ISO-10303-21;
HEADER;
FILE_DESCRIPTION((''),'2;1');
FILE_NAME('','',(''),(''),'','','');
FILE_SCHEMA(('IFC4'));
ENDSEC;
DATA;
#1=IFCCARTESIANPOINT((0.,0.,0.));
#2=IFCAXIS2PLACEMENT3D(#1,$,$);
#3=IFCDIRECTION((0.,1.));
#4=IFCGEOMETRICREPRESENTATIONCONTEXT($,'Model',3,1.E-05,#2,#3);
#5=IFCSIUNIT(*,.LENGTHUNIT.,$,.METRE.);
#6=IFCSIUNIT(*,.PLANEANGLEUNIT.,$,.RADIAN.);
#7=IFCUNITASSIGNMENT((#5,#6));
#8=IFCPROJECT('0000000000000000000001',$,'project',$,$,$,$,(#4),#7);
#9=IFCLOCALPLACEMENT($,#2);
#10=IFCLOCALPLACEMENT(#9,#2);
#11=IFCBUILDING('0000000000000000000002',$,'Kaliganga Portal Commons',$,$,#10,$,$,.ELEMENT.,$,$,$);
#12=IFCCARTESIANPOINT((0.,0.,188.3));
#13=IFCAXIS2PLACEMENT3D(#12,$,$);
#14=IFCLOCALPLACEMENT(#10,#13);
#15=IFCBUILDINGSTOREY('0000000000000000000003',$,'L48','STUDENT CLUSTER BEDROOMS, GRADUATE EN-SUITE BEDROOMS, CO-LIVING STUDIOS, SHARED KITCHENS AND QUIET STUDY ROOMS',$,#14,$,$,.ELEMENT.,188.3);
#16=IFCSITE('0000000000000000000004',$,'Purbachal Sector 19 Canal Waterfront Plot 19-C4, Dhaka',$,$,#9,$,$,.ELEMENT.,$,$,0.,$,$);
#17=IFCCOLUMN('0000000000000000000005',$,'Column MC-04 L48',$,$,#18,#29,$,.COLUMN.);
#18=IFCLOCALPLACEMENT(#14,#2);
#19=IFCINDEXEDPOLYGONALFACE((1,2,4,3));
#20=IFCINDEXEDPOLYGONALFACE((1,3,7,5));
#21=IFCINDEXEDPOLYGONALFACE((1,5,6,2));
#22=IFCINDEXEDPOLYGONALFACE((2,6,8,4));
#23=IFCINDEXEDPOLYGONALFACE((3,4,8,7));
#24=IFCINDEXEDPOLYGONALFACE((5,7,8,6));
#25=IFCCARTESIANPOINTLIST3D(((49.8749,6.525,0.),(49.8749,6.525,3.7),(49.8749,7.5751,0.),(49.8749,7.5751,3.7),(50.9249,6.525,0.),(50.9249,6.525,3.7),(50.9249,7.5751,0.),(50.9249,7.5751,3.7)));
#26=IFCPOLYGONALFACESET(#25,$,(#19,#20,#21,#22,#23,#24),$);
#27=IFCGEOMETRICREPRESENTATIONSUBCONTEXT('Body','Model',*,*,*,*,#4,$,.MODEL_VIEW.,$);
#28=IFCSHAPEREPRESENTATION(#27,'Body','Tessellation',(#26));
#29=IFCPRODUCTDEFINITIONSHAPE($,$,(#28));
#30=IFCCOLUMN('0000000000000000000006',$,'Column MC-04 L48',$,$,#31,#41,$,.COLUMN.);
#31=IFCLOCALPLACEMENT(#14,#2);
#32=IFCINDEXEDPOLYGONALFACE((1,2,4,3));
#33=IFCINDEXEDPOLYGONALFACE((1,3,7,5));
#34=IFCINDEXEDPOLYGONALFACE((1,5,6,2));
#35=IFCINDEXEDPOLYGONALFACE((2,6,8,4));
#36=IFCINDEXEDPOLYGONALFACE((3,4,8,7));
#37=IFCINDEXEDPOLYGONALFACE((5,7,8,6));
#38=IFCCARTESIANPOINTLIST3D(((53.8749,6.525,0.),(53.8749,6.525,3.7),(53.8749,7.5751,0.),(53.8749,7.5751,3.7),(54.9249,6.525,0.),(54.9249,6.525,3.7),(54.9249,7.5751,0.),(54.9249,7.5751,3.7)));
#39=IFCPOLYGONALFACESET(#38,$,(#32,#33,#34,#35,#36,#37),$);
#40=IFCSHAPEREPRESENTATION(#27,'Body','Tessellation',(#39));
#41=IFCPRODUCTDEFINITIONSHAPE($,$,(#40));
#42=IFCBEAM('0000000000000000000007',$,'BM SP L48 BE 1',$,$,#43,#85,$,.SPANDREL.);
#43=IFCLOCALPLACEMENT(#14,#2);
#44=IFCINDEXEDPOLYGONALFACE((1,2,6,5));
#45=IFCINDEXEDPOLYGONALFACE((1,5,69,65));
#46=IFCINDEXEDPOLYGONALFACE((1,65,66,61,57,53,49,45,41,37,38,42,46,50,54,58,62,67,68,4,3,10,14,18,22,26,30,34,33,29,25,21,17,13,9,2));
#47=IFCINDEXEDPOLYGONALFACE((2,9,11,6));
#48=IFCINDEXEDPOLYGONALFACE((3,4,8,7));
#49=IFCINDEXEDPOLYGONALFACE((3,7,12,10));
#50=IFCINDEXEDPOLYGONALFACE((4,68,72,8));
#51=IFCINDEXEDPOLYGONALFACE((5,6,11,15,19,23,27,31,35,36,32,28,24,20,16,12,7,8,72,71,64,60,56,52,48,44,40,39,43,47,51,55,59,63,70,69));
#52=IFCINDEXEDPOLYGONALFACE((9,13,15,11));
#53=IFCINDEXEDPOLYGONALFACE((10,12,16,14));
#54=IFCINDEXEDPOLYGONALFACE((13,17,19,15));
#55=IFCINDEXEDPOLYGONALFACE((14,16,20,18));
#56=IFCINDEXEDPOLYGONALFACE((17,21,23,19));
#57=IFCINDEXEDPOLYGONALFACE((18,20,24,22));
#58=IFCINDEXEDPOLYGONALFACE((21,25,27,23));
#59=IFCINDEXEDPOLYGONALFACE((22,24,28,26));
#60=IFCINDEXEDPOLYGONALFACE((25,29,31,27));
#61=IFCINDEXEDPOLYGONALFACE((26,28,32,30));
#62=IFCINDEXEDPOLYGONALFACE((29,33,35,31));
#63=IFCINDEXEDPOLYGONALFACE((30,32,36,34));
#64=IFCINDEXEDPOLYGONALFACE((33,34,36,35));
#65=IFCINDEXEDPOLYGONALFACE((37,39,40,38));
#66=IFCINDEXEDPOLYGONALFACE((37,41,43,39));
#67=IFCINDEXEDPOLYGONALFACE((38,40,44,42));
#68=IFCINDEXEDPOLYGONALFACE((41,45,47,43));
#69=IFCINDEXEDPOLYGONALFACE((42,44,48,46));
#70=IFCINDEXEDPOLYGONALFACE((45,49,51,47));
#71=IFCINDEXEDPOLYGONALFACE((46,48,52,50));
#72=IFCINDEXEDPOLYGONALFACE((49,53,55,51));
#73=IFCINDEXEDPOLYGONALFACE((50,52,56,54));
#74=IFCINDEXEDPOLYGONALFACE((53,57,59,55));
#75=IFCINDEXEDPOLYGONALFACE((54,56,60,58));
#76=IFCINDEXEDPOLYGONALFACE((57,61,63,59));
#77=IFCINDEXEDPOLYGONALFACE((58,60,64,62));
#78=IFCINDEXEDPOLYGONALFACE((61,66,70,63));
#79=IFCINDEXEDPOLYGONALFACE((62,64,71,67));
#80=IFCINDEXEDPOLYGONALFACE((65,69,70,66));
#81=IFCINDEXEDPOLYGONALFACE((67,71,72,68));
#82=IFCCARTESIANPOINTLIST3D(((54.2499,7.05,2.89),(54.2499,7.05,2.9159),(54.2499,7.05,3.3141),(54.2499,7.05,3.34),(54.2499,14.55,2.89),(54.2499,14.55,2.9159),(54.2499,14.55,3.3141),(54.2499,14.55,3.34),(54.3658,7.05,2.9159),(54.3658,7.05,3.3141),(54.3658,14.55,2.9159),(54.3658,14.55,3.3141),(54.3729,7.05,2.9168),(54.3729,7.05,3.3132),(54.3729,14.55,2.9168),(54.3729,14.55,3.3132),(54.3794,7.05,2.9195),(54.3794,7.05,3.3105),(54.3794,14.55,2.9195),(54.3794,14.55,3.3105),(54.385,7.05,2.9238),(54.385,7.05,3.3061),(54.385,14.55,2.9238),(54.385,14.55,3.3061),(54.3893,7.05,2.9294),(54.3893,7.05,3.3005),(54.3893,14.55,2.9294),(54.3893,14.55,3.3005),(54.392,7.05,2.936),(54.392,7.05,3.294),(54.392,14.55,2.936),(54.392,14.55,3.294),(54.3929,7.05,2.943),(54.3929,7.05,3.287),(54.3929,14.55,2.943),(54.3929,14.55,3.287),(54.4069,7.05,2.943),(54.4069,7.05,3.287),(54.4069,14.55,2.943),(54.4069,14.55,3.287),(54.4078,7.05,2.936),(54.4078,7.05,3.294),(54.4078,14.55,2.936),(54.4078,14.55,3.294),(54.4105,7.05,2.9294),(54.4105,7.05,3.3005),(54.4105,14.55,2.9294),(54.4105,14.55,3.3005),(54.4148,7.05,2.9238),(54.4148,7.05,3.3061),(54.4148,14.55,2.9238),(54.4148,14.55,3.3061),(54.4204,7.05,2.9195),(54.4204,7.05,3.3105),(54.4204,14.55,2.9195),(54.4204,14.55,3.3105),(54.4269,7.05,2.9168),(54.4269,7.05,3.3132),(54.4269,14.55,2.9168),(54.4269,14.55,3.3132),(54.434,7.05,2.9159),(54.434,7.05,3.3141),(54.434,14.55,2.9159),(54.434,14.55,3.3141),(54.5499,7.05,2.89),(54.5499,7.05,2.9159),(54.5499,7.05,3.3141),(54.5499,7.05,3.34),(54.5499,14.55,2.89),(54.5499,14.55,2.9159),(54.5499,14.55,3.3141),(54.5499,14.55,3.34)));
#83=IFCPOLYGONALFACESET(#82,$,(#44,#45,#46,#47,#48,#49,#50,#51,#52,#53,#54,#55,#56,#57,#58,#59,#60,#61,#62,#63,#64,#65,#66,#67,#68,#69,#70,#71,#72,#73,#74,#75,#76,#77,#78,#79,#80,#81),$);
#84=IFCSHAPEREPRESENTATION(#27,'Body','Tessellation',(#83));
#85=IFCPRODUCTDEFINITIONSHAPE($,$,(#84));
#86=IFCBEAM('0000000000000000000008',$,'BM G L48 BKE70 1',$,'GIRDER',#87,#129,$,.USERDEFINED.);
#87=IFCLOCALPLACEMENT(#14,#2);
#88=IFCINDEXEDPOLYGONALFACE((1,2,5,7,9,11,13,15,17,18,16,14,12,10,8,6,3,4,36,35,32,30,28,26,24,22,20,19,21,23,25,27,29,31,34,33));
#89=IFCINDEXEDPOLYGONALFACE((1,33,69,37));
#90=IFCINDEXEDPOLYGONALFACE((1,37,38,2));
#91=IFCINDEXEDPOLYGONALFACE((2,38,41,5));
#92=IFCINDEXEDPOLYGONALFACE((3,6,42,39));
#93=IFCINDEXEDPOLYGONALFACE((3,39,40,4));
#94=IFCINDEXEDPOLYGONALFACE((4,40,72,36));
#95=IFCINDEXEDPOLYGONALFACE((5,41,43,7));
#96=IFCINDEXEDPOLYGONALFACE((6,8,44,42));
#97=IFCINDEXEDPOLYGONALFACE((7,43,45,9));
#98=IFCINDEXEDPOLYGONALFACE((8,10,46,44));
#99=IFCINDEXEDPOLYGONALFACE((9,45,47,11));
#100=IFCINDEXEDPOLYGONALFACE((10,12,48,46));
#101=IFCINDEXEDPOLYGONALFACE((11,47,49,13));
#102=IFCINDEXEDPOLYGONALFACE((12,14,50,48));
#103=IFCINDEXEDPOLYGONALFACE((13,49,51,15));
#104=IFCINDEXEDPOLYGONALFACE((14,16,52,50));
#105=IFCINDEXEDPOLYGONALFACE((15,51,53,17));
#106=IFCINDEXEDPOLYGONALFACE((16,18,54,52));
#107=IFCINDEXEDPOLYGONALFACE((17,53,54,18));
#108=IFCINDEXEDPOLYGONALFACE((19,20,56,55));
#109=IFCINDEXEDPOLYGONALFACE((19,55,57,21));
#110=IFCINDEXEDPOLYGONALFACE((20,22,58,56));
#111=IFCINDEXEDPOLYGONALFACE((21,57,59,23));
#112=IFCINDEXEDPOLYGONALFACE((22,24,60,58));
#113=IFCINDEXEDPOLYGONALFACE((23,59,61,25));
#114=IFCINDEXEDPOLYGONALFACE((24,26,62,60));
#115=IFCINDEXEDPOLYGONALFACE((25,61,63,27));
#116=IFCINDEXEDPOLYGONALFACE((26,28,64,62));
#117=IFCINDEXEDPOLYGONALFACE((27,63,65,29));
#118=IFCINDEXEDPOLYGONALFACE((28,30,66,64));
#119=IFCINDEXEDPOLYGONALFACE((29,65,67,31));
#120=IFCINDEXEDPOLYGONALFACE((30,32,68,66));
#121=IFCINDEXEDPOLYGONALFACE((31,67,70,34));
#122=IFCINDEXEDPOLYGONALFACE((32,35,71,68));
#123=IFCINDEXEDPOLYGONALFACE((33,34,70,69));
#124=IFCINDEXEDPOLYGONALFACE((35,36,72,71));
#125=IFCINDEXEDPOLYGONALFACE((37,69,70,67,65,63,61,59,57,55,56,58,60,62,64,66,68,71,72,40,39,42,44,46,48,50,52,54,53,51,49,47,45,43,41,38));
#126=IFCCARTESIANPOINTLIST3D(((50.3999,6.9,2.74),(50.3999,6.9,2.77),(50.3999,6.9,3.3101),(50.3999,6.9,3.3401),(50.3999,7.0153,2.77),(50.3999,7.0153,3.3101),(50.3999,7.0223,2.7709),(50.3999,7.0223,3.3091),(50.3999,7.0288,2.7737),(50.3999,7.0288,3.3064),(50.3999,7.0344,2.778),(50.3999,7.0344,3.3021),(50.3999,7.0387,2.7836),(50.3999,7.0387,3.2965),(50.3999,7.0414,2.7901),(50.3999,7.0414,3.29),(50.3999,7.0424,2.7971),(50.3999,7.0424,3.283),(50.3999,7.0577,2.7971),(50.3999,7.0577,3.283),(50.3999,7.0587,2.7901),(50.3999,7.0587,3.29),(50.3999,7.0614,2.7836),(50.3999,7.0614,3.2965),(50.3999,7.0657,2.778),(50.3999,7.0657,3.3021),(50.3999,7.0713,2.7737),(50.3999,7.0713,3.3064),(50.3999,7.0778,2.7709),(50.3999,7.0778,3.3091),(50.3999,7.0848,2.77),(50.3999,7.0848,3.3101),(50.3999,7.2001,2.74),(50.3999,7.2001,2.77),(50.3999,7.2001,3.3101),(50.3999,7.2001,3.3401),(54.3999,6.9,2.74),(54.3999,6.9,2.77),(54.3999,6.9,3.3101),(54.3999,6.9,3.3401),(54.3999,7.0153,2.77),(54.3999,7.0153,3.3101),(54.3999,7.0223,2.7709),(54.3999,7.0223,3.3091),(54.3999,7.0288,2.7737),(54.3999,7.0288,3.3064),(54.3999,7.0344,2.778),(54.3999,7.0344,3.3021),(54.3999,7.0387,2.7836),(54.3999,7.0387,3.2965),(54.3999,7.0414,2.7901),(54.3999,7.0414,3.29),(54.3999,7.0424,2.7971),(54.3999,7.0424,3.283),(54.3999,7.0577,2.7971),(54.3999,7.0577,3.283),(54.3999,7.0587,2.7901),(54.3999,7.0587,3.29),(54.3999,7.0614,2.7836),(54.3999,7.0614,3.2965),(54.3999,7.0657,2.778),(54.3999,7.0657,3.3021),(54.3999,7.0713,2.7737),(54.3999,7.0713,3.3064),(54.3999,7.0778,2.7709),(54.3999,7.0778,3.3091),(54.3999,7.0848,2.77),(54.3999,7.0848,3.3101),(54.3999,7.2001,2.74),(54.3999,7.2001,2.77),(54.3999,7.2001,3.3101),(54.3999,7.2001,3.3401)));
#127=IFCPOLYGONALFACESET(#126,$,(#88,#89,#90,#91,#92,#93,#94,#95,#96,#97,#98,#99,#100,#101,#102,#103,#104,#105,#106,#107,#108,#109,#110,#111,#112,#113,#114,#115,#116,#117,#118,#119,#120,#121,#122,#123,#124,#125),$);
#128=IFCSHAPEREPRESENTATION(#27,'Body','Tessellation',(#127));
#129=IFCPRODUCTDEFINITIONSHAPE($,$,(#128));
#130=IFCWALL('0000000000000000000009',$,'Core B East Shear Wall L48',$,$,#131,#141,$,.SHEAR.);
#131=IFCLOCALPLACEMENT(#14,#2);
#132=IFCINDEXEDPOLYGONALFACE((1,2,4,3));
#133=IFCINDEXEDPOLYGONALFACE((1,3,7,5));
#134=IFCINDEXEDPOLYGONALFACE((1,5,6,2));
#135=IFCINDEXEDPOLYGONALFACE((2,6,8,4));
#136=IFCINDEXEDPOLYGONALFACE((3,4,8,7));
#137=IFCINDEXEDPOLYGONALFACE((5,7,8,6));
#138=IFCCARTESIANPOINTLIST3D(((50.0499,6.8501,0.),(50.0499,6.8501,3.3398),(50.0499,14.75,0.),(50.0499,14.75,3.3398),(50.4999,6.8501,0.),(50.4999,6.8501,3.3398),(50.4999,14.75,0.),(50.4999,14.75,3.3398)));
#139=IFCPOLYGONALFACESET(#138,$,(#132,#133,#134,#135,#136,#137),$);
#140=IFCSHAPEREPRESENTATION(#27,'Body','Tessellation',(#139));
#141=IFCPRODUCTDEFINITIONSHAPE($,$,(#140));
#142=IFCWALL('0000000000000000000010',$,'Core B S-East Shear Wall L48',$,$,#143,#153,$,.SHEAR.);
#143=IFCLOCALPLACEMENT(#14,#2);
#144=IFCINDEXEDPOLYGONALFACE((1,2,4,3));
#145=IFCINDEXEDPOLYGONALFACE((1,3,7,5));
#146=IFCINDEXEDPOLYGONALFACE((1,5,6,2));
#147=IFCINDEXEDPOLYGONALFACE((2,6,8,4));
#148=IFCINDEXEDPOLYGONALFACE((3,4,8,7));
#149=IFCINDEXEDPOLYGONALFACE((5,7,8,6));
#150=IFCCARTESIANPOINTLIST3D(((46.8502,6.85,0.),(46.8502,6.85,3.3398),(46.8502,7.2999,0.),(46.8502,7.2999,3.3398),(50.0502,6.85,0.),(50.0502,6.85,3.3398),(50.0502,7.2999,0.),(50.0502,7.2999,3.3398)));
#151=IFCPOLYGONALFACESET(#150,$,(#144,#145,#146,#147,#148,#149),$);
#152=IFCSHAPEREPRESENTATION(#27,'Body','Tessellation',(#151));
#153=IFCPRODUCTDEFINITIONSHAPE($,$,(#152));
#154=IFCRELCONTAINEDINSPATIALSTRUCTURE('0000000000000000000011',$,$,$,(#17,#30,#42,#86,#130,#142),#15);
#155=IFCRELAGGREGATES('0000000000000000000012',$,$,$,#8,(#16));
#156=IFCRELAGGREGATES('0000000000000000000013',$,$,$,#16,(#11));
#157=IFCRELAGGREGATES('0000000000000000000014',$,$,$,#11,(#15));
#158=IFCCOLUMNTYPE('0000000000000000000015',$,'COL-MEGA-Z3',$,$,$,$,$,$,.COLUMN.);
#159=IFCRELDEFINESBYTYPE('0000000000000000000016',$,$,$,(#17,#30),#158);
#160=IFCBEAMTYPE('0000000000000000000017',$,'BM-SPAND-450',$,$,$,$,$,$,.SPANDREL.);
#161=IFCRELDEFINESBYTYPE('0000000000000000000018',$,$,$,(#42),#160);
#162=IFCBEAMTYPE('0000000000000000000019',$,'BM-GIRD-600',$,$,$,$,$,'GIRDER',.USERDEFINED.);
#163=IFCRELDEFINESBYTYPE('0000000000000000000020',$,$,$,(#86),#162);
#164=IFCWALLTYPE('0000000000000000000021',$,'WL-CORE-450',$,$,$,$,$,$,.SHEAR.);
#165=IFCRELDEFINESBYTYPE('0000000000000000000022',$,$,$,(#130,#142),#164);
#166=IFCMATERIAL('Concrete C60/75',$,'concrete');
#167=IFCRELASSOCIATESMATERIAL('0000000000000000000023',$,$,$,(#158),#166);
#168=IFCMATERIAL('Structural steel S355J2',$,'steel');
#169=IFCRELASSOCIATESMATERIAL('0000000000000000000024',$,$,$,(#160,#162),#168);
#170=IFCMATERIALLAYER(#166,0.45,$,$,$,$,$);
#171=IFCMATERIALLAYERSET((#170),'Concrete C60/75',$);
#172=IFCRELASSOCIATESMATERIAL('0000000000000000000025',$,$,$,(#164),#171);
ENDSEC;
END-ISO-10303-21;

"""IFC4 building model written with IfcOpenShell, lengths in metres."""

from ifc_helpers import new_model, si_unit, direction, frame, frame_2d, origin, origin_2d, place, context, subcontext, project, spatial, rectangle, i_section, extrude, source, transform, mapped, material, layer, layer_set, material_profile, profile_set, type_object, element, save


model = new_model("IFC4")

# Units and contexts
model_context = context("Model", 3, precision=1e-05, world=origin(), true_north=direction((0.0, 1.0)))
body_context = subcontext(model_context, "Body", "Model", "MODEL_VIEW")
ifc_project = project(units=[si_unit("LENGTHUNIT", "METRE"), si_unit("PLANEANGLEUNIT", "RADIAN")], contexts=[model_context])

# Site, building, storey
site_placement = place(None, origin())
site = spatial("IfcSite", under=ifc_project, at=site_placement, Name="Purbachal Sector 19 Canal Waterfront Plot 19-C4, Dhaka", CompositionType="ELEMENT", RefElevation=0.0)
building_placement = place(site_placement, origin())
building = spatial("IfcBuilding", under=site, at=building_placement, Name="Kaliganga Portal Commons", CompositionType="ELEMENT")
storey_placement = place(building_placement, frame((0.0, 0.0, 188.3)))
storey = spatial("IfcBuildingStorey", under=building, at=storey_placement, Name="L48", Description="STUDENT CLUSTER BEDROOMS, GRADUATE EN-SUITE BEDROOMS, CO-LIVING STUDIOS, SHARED KITCHENS AND QUIET STUDY ROOMS", CompositionType="ELEMENT", Elevation=188.3)

# Columns
ifc_material_1 = material(Name="Concrete C60/75", Category="concrete")
ifc_material_profile_1 = material_profile(ifc_material_1, rectangle(XDim=1.05, YDim=1.05, at=origin_2d()), Name="RC 1050x1050")
ifc_profile_set_1 = profile_set([ifc_material_profile_1], Name="Concrete C60/75")
column_type = type_object("IfcColumnType", Name="COL-MEGA-Z3", PredefinedType="COLUMN", material=ifc_profile_set_1)
shared_shape_1 = source(origin(), body_context, "Body", "SweptSolid", [
    extrude(rectangle(XDim=1.05, YDim=1.05, at=origin_2d()), origin(), (0.0, 0.0, 1.0), 3.7),
])
for number, where, z_axis, x_axis, name in (
    (1, (50.3999, 7.05, 0.0), (0.0, 0.0, 1.0), (1.0, 0.0, 0.0), "Column MC-04 L48"),
    (2, (54.3999, 7.05, 0.0), (0.0, 0.0, 1.0), (1.0, 0.0, 0.0), "Column MC-04 L48"),
):
    element("IfcColumn", number, at=place(storey_placement, frame(where, z_axis=z_axis, x_axis=x_axis)), inside=storey, type_object=column_type, Name=name, PredefinedType="COLUMN", context=body_context, shape_type="MappedRepresentation", body=[
        mapped(shared_shape_1, transform((0.0, 0.0, 0.0), x_axis=(1.0, 0.0, 0.0), y_axis=(0.0, 1.0, 0.0), z_axis=(0.0, 0.0, 1.0), scale=1.0)),
    ])

# Beams
ifc_material_2 = material(Name="Structural steel S355J2", Category="steel")
ifc_material_profile_2 = material_profile(ifc_material_2, i_section(OverallWidth=0.3, OverallDepth=0.45, WebThickness=0.0139, FlangeThickness=0.0259, FilletRadius=0.0271, at=origin_2d()), Name="HE 450 B")
ifc_profile_set_2 = profile_set([ifc_material_profile_2], Name="Structural steel S355J2 wide-flange")
beam_type_1 = type_object("IfcBeamType", Name="BM-SPAND-450", PredefinedType="SPANDREL", material=ifc_profile_set_2)
shared_shape_2 = source(origin(), body_context, "Body", "SweptSolid", [
    extrude(i_section(OverallWidth=0.3, OverallDepth=0.45, WebThickness=0.0139, FlangeThickness=0.0259, FilletRadius=0.0271, at=origin_2d()), origin(), (0.0, 0.0, 1.0), 7.5),
])
beam_1_placement = place(storey_placement, frame((54.3999, 7.05, 3.115), z_axis=(0.0, 1.0, 0.0), x_axis=(-1.0, 0.0, 0.0)))
element("IfcBeam", 3, at=beam_1_placement, inside=storey, type_object=beam_type_1, Name="BM SP L48 BE 1", PredefinedType="SPANDREL", context=body_context, shape_type="MappedRepresentation", body=[
    mapped(shared_shape_2, transform((0.0, 0.0, 0.0), x_axis=(1.0, 0.0, 0.0), y_axis=(0.0, 1.0, 0.0), z_axis=(0.0, 0.0, 1.0), scale=1.0)),
])
ifc_material_profile_3 = material_profile(ifc_material_2, i_section(OverallWidth=0.3, OverallDepth=0.6001, WebThickness=0.0154, FlangeThickness=0.03, FilletRadius=0.0271, at=origin_2d()), Name="HE 600 B")
ifc_profile_set_3 = profile_set([ifc_material_profile_3], Name="Structural steel S355J2 wide-flange")
beam_type_2 = type_object("IfcBeamType", Name="BM-GIRD-600", ElementType="GIRDER", PredefinedType="USERDEFINED", material=ifc_profile_set_3)
shared_shape_3 = source(origin(), body_context, "Body", "SweptSolid", [
    extrude(i_section(OverallWidth=0.3, OverallDepth=0.6001, WebThickness=0.0154, FlangeThickness=0.03, FilletRadius=0.0271, at=origin_2d()), origin(), (0.0, 0.0, 1.0), 4.0),
])
beam_2_placement = place(storey_placement, frame((50.3999, 7.05, 3.04), z_axis=(1.0, 0.0, 0.0), x_axis=(0.0, 1.0, 0.0)))
element("IfcBeam", 4, at=beam_2_placement, inside=storey, type_object=beam_type_2, Name="BM G L48 BKE70 1", ObjectType="GIRDER", PredefinedType="USERDEFINED", context=body_context, shape_type="MappedRepresentation", body=[
    mapped(shared_shape_3, transform((0.0, 0.0, 0.0), x_axis=(1.0, 0.0, 0.0), y_axis=(0.0, 1.0, 0.0), z_axis=(0.0, 0.0, 1.0), scale=1.0)),
])

# Walls
ifc_layer_1 = layer(ifc_material_1, 0.45)
ifc_layer_set_1 = layer_set([ifc_layer_1], Name="Concrete C60/75")
wall_type_1 = type_object("IfcWallType", Name="WL-CORE-450", PredefinedType="SHEAR", material=ifc_layer_set_1)
wall_1_placement = place(storey_placement, frame((50.2749, 6.8501, 0.0), z_axis=(0.0, 0.0, 1.0), x_axis=(0.0, 1.0, 0.0)))
element("IfcWall", 5, at=wall_1_placement, inside=storey, type_object=wall_type_1, Name="Core B East Shear Wall L48", PredefinedType="SHEAR", context=body_context, shape_type="SweptSolid", body=[
    extrude(rectangle(XDim=7.8999, YDim=0.45, at=frame_2d((3.95, 0.0))), origin(), (0.0, 0.0, 1.0), 3.3398),
])
wall_2_placement = place(storey_placement, frame((46.8501, 7.075, 0.0), z_axis=(0.0, 0.0, 1.0), x_axis=(1.0, 0.0, 0.0)))
element("IfcWall", 6, at=wall_2_placement, inside=storey, type_object=wall_type_1, Name="Core B S-East Shear Wall L48", PredefinedType="SHEAR", context=body_context, shape_type="SweptSolid", body=[
    extrude(rectangle(XDim=3.2, YDim=0.45, at=frame_2d((1.6001, 0.0))), origin(), (0.0, 0.0, 1.0), 3.3398),
])

save(model, "model.ifc")
